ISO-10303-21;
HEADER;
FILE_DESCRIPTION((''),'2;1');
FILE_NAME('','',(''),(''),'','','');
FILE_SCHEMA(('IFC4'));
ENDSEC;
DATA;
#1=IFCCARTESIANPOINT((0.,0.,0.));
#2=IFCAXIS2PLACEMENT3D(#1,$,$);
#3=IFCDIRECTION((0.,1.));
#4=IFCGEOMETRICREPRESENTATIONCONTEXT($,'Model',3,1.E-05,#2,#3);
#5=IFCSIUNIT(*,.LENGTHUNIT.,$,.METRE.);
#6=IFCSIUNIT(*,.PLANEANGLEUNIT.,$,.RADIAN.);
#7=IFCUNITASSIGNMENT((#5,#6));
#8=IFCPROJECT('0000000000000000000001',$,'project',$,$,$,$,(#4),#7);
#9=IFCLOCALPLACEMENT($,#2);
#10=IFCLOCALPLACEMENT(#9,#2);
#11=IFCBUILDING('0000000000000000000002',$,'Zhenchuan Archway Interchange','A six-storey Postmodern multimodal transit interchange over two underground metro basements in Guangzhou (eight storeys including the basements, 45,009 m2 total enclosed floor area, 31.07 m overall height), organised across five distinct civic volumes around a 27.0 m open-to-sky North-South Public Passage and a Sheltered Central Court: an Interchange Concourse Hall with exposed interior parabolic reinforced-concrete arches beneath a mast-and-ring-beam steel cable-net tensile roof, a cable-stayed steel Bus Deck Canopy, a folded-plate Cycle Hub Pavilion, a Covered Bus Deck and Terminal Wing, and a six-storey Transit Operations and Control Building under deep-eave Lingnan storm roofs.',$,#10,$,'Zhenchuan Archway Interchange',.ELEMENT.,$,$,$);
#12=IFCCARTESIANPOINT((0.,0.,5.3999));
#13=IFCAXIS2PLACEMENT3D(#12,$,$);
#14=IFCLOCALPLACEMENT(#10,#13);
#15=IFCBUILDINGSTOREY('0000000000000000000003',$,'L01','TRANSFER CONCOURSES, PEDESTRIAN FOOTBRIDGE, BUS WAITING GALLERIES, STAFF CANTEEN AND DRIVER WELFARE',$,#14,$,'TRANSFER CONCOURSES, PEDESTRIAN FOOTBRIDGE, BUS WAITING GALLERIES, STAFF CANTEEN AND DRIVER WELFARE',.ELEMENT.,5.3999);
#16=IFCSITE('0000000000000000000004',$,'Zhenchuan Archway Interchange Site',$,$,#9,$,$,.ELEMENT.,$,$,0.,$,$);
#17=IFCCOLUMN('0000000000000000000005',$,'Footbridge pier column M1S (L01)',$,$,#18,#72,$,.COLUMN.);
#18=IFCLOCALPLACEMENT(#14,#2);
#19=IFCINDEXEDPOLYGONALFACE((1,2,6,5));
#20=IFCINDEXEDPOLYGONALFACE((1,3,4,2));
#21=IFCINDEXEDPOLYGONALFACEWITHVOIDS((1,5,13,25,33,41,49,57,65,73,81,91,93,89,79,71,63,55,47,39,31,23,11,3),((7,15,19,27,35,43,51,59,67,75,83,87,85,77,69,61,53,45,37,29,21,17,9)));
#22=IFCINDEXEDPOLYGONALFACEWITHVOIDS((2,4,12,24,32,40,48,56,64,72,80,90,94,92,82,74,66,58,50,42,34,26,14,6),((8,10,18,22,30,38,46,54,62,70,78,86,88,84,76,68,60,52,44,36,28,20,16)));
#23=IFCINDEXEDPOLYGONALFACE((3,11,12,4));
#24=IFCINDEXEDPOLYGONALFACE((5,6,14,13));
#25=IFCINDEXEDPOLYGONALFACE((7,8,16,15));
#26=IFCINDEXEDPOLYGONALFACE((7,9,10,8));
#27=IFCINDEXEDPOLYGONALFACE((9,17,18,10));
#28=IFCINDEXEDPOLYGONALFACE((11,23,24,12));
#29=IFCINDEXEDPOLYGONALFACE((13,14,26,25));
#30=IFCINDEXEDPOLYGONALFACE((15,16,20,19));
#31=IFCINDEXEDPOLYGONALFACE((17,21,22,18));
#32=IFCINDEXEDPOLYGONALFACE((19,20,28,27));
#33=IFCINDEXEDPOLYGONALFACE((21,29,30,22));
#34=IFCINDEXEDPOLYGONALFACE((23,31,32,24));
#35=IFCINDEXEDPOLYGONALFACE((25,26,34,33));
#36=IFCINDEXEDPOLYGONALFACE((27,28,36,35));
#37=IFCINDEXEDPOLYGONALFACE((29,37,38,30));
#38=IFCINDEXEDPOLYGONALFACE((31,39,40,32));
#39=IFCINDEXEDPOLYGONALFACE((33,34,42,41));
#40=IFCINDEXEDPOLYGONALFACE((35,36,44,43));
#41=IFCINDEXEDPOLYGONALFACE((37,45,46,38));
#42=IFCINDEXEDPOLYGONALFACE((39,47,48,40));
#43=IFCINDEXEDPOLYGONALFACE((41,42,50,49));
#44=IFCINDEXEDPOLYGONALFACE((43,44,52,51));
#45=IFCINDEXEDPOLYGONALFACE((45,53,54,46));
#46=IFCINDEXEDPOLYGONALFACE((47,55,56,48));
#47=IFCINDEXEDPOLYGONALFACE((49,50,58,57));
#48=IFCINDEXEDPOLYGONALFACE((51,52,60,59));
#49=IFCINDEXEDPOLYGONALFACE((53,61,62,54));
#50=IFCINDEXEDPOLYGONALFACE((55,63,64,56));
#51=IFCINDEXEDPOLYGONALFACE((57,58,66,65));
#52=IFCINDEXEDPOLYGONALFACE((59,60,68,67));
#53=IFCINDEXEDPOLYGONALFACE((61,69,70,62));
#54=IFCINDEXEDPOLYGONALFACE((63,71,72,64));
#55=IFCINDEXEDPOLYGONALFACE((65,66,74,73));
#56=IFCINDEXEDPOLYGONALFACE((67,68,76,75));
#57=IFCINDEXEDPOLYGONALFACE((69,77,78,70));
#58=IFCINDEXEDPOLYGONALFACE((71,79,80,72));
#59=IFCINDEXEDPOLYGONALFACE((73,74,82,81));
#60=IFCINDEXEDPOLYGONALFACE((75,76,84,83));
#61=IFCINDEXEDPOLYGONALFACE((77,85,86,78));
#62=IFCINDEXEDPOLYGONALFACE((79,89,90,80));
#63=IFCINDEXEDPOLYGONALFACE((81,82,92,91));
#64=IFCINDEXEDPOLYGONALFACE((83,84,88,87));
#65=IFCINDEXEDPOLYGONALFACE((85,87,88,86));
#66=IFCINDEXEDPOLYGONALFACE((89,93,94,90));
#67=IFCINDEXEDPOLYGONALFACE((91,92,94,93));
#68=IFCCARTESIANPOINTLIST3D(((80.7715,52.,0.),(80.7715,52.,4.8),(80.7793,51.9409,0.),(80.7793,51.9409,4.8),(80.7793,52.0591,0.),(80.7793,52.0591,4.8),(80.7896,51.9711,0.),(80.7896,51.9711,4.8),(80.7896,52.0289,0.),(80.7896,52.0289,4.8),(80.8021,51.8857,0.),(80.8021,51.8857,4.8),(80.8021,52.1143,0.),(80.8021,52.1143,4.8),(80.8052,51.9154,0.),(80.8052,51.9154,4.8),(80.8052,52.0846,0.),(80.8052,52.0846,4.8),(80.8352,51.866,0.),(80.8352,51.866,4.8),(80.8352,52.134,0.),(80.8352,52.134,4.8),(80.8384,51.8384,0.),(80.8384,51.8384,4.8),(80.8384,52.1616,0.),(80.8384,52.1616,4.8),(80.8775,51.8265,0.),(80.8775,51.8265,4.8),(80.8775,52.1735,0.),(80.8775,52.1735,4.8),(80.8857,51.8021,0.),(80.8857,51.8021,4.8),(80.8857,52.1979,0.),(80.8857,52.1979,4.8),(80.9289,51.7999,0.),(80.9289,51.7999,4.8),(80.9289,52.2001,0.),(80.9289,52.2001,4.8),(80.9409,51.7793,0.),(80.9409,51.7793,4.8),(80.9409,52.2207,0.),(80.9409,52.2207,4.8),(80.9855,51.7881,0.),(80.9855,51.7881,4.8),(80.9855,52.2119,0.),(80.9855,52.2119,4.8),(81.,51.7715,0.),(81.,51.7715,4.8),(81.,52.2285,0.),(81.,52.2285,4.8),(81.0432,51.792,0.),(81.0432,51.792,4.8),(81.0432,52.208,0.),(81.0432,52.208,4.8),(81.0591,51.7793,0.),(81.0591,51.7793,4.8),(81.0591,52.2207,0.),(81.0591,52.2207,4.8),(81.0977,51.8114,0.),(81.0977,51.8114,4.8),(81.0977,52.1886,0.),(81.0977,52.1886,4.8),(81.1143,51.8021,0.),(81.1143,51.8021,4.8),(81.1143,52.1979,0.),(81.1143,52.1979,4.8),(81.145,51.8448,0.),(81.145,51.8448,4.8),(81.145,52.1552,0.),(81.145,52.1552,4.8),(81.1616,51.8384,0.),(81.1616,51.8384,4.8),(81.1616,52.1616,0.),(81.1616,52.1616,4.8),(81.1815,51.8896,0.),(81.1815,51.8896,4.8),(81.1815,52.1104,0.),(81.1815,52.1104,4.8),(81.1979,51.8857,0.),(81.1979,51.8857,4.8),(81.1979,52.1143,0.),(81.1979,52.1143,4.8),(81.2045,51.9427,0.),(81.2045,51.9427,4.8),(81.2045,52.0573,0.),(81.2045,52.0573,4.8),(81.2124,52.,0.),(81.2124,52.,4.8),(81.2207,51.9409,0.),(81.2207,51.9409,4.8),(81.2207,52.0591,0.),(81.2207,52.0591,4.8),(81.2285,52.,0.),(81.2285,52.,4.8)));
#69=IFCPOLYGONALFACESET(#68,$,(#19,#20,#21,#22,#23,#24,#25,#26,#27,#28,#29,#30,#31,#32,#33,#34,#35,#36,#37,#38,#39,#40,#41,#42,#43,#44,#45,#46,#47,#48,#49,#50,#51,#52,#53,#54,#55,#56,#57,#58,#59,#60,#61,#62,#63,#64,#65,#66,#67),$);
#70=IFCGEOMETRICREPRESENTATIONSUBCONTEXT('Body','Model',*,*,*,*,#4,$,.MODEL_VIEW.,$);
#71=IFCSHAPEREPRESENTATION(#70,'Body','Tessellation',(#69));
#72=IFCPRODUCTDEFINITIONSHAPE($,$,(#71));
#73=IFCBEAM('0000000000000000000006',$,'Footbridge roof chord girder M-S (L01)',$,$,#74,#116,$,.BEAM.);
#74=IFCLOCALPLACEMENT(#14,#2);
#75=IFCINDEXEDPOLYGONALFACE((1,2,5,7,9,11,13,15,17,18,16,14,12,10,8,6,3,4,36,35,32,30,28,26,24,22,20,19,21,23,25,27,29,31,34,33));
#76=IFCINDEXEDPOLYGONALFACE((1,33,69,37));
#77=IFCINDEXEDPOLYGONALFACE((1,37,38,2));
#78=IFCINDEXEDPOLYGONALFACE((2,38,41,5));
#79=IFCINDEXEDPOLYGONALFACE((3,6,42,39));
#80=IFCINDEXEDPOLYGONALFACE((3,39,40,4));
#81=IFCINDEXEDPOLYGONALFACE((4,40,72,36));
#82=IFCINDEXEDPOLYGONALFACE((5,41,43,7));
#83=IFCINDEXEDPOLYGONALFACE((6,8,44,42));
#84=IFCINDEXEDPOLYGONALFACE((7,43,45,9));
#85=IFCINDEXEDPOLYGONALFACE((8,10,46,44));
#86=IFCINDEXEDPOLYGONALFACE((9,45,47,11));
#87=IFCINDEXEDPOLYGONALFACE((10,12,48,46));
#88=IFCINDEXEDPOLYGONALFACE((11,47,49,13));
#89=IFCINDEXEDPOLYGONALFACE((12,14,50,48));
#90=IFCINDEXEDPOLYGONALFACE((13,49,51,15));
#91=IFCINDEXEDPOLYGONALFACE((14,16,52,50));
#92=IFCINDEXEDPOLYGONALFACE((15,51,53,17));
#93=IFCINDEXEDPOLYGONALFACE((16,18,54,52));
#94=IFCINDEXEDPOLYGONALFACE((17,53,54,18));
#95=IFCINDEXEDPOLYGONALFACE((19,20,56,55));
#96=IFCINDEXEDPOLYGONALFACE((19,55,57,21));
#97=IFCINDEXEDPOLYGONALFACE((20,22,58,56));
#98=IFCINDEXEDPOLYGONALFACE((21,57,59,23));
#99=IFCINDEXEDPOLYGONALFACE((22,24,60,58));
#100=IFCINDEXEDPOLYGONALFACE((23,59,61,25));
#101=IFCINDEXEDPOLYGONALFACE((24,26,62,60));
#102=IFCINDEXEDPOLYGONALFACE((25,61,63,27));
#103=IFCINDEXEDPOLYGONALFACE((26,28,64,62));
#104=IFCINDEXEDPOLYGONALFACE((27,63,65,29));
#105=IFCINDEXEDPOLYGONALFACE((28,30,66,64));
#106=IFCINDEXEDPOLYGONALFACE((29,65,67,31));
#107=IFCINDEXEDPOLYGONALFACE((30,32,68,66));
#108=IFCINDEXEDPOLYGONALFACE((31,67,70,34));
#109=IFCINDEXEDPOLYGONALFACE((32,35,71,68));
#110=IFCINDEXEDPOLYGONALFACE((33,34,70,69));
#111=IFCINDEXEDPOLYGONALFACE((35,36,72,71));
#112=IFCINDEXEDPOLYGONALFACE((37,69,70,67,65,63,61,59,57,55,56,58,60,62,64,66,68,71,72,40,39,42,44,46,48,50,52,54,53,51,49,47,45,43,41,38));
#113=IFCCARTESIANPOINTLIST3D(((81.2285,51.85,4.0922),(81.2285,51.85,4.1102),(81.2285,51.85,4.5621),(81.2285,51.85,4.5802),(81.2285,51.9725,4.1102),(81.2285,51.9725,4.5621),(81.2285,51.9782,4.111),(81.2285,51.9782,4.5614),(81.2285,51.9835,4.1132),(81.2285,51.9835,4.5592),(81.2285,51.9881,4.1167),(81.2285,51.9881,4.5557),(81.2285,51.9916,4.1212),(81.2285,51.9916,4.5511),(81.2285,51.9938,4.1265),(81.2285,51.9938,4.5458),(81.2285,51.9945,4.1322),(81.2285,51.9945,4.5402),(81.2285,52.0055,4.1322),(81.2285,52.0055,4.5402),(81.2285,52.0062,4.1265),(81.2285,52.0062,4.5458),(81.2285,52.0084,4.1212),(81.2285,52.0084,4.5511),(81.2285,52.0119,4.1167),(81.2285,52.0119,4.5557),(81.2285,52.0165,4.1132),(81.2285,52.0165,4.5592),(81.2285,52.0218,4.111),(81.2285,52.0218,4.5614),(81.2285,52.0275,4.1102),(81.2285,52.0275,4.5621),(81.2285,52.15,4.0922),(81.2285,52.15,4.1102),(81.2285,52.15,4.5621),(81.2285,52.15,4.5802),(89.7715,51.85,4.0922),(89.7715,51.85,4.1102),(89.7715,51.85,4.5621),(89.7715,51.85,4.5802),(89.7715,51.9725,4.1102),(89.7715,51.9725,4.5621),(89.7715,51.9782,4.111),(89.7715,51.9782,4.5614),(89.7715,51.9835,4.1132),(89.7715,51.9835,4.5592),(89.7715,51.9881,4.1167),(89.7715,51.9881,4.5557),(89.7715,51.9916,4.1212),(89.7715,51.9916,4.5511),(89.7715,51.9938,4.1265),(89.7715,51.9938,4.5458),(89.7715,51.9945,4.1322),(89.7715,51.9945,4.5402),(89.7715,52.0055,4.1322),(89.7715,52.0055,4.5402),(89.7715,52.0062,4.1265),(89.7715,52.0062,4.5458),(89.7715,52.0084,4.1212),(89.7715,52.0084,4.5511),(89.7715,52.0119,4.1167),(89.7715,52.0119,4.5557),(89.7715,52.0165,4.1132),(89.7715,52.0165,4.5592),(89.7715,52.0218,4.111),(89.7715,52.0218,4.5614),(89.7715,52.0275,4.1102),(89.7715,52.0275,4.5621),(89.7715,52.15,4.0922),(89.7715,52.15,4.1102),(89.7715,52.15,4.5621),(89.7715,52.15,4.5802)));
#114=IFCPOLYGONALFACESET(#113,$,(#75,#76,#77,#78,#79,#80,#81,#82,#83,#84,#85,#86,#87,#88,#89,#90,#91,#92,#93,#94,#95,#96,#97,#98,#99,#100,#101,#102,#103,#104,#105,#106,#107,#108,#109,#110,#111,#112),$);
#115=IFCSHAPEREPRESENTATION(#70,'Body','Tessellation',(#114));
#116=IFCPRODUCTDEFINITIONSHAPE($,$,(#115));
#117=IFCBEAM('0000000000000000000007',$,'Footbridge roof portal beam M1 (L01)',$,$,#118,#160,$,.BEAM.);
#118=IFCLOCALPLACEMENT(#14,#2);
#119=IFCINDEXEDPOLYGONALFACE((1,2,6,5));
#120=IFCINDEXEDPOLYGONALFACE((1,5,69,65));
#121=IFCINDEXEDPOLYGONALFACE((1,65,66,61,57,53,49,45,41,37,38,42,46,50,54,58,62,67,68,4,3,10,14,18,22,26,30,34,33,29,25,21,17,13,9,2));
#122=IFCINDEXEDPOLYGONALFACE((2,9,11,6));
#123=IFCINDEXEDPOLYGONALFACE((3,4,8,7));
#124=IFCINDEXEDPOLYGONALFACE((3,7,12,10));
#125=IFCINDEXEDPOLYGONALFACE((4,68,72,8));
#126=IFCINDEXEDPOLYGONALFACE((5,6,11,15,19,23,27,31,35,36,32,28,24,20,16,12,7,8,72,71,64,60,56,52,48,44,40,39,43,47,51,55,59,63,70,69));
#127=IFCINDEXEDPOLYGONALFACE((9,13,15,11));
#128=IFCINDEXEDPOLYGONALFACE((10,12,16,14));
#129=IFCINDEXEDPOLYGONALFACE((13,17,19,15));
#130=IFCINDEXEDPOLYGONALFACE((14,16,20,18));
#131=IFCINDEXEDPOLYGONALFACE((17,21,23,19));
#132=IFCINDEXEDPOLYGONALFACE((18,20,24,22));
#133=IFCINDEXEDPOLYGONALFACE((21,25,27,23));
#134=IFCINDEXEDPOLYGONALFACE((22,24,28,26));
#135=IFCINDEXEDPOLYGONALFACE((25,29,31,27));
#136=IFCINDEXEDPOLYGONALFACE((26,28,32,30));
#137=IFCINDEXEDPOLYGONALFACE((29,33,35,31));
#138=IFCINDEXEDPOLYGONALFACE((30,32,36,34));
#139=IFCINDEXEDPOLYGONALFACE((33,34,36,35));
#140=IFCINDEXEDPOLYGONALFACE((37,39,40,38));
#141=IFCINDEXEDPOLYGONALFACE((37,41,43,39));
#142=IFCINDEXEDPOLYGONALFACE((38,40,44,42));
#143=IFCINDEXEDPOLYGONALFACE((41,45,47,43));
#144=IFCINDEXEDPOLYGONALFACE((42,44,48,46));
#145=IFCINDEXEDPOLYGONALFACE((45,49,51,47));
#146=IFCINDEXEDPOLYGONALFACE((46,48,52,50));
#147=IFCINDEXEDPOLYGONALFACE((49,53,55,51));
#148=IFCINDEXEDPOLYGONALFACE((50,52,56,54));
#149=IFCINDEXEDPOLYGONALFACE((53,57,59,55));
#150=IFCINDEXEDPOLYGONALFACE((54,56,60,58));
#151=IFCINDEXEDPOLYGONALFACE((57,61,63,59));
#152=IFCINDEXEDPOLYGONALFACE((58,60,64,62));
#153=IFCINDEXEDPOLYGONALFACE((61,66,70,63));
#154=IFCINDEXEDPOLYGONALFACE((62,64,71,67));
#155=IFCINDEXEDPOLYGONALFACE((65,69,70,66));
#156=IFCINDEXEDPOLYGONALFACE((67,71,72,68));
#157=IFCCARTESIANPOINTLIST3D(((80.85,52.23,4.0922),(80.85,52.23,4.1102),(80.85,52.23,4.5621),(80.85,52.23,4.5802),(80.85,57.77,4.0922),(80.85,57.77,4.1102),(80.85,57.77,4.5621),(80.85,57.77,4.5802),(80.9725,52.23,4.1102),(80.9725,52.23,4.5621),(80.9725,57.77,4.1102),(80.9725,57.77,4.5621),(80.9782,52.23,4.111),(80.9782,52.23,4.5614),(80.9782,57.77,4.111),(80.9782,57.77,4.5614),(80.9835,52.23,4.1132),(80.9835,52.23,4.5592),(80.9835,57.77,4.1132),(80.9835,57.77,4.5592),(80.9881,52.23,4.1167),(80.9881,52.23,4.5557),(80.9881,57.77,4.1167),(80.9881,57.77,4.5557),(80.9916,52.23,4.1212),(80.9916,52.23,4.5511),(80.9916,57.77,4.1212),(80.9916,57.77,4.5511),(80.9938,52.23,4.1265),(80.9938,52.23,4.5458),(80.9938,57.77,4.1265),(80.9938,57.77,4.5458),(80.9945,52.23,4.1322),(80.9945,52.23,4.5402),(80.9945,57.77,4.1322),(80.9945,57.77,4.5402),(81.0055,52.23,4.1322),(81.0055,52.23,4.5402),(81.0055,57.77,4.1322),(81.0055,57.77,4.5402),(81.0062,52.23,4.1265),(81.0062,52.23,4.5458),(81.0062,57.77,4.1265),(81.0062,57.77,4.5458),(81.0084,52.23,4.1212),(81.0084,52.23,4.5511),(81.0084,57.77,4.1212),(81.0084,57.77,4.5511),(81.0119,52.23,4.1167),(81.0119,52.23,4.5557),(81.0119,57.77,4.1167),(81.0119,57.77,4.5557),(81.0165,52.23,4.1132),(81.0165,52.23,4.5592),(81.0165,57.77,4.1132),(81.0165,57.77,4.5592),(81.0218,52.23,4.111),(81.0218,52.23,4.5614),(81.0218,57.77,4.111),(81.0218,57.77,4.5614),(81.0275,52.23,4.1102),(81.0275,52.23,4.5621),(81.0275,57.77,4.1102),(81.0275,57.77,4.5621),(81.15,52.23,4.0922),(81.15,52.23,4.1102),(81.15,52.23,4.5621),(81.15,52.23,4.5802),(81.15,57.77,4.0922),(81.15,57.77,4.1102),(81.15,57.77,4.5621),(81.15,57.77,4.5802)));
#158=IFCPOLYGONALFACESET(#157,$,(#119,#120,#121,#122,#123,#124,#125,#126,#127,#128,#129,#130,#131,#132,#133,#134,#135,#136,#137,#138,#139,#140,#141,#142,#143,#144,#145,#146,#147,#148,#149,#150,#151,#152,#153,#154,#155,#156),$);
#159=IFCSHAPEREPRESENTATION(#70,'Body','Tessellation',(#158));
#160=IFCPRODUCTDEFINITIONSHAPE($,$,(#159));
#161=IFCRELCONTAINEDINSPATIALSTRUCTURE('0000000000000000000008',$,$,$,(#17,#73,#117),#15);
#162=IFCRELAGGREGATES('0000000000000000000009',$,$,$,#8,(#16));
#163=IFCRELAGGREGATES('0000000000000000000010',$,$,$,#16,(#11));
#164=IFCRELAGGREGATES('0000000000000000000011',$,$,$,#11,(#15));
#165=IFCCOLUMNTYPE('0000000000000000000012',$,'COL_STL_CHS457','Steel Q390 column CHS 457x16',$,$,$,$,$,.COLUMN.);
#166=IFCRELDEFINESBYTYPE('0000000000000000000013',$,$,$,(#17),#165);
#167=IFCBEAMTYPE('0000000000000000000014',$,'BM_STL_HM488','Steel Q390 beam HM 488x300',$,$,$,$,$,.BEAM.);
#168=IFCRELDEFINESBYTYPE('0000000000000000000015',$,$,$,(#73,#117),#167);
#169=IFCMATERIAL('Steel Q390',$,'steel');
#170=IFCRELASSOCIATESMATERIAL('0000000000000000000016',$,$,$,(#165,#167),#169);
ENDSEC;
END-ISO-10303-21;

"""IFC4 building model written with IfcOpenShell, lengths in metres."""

from ifc_helpers import new_model, si_unit, direction, frame, origin, origin_2d, place, context, subcontext, project, spatial, hollow_circle, i_section, extrude, material, material_profile, profile_set, type_object, element, save


model = new_model("IFC4")

# Units and contexts
model_context = context("Model", 3, precision=1e-05, world=origin(), true_north=direction((0.0, 1.0)))
body_context = subcontext(model_context, "Body", "Model", "MODEL_VIEW")
ifc_project = project(units=[si_unit("LENGTHUNIT", "METRE"), si_unit("PLANEANGLEUNIT", "RADIAN")], contexts=[model_context])

# Site, building, storey
site_placement = place(None, origin())
site = spatial("IfcSite", under=ifc_project, at=site_placement, Name="Zhenchuan Archway Interchange Site", CompositionType="ELEMENT", RefElevation=0.0)
building_placement = place(site_placement, origin())
building = spatial("IfcBuilding", under=site, at=building_placement, Name="Zhenchuan Archway Interchange", Description="A six-storey Postmodern multimodal transit interchange over two underground metro basements in Guangzhou (eight storeys including the basements, 45,009 m2 total enclosed floor area, 31.07 m overall height), organised across five distinct civic volumes around a 27.0 m open-to-sky North-South Public Passage and a Sheltered Central Court: an Interchange Concourse Hall with exposed interior parabolic reinforced-concrete arches beneath a mast-and-ring-beam steel cable-net tensile roof, a cable-stayed steel Bus Deck Canopy, a folded-plate Cycle Hub Pavilion, a Covered Bus Deck and Terminal Wing, and a six-storey Transit Operations and Control Building under deep-eave Lingnan storm roofs.", LongName="Zhenchuan Archway Interchange", CompositionType="ELEMENT")
storey_placement = place(building_placement, frame((0.0, 0.0, 5.3999)))
storey = spatial("IfcBuildingStorey", under=building, at=storey_placement, Name="L01", Description="TRANSFER CONCOURSES, PEDESTRIAN FOOTBRIDGE, BUS WAITING GALLERIES, STAFF CANTEEN AND DRIVER WELFARE", LongName="TRANSFER CONCOURSES, PEDESTRIAN FOOTBRIDGE, BUS WAITING GALLERIES, STAFF CANTEEN AND DRIVER WELFARE", CompositionType="ELEMENT", Elevation=5.3999)

# Column
ifc_material_1 = material(Name="Steel Q390", Category="steel")
ifc_material_profile_1 = material_profile(ifc_material_1, hollow_circle(Radius=0.2285, WallThickness=0.0161, at=origin_2d()), Name="CHS 457x16")
ifc_profile_set_1 = profile_set([ifc_material_profile_1], Name="Steel Q390")
column_type = type_object("IfcColumnType", Name="COL_STL_CHS457", Description="Steel Q390 column CHS 457x16", PredefinedType="COLUMN", material=ifc_profile_set_1)
column_placement = place(storey_placement, frame((81.0, 52.0, 0.0), z_axis=(0.0, 0.0, 1.0), x_axis=(1.0, 0.0, 0.0)))
element("IfcColumn", 1, at=column_placement, inside=storey, type_object=column_type, Name="Footbridge pier column M1S (L01)", PredefinedType="COLUMN", context=body_context, shape_type="SweptSolid", body=[
    extrude(hollow_circle(Radius=0.2285, WallThickness=0.0161, at=origin_2d()), origin(), (0.0, 0.0, 1.0), 4.8),
])

# Beams
ifc_material_profile_2 = material_profile(ifc_material_1, i_section(OverallWidth=0.3, OverallDepth=0.488, WebThickness=0.011, FlangeThickness=0.0181, FilletRadius=0.022, at=origin_2d()), Name="HM 488x300")
ifc_profile_set_2 = profile_set([ifc_material_profile_2], Name="Steel Q390")
beam_type = type_object("IfcBeamType", Name="BM_STL_HM488", Description="Steel Q390 beam HM 488x300", PredefinedType="BEAM", material=ifc_profile_set_2)
beam_1_placement = place(storey_placement, frame((81.2285, 52.0, 4.3362), z_axis=(1.0, 0.0, 0.0), x_axis=(0.0, 1.0, 0.0)))
element("IfcBeam", 2, at=beam_1_placement, inside=storey, type_object=beam_type, Name="Footbridge roof chord girder M-S (L01)", PredefinedType="BEAM", context=body_context, shape_type="SweptSolid", body=[
    extrude(i_section(OverallWidth=0.3, OverallDepth=0.488, WebThickness=0.011, FlangeThickness=0.0181, FilletRadius=0.022, at=origin_2d()), origin(), (0.0, 0.0, 1.0), 8.543),
])
beam_2_placement = place(storey_placement, frame((81.0, 52.23, 4.3362), z_axis=(0.0, 1.0, 0.0), x_axis=(-1.0, 0.0, 0.0)))
element("IfcBeam", 3, at=beam_2_placement, inside=storey, type_object=beam_type, Name="Footbridge roof portal beam M1 (L01)", PredefinedType="BEAM", context=body_context, shape_type="SweptSolid", body=[
    extrude(i_section(OverallWidth=0.3, OverallDepth=0.488, WebThickness=0.011, FlangeThickness=0.0181, FilletRadius=0.022, at=origin_2d()), origin(), (0.0, 0.0, 1.0), 5.54),
])

save(model, "model.ifc")
